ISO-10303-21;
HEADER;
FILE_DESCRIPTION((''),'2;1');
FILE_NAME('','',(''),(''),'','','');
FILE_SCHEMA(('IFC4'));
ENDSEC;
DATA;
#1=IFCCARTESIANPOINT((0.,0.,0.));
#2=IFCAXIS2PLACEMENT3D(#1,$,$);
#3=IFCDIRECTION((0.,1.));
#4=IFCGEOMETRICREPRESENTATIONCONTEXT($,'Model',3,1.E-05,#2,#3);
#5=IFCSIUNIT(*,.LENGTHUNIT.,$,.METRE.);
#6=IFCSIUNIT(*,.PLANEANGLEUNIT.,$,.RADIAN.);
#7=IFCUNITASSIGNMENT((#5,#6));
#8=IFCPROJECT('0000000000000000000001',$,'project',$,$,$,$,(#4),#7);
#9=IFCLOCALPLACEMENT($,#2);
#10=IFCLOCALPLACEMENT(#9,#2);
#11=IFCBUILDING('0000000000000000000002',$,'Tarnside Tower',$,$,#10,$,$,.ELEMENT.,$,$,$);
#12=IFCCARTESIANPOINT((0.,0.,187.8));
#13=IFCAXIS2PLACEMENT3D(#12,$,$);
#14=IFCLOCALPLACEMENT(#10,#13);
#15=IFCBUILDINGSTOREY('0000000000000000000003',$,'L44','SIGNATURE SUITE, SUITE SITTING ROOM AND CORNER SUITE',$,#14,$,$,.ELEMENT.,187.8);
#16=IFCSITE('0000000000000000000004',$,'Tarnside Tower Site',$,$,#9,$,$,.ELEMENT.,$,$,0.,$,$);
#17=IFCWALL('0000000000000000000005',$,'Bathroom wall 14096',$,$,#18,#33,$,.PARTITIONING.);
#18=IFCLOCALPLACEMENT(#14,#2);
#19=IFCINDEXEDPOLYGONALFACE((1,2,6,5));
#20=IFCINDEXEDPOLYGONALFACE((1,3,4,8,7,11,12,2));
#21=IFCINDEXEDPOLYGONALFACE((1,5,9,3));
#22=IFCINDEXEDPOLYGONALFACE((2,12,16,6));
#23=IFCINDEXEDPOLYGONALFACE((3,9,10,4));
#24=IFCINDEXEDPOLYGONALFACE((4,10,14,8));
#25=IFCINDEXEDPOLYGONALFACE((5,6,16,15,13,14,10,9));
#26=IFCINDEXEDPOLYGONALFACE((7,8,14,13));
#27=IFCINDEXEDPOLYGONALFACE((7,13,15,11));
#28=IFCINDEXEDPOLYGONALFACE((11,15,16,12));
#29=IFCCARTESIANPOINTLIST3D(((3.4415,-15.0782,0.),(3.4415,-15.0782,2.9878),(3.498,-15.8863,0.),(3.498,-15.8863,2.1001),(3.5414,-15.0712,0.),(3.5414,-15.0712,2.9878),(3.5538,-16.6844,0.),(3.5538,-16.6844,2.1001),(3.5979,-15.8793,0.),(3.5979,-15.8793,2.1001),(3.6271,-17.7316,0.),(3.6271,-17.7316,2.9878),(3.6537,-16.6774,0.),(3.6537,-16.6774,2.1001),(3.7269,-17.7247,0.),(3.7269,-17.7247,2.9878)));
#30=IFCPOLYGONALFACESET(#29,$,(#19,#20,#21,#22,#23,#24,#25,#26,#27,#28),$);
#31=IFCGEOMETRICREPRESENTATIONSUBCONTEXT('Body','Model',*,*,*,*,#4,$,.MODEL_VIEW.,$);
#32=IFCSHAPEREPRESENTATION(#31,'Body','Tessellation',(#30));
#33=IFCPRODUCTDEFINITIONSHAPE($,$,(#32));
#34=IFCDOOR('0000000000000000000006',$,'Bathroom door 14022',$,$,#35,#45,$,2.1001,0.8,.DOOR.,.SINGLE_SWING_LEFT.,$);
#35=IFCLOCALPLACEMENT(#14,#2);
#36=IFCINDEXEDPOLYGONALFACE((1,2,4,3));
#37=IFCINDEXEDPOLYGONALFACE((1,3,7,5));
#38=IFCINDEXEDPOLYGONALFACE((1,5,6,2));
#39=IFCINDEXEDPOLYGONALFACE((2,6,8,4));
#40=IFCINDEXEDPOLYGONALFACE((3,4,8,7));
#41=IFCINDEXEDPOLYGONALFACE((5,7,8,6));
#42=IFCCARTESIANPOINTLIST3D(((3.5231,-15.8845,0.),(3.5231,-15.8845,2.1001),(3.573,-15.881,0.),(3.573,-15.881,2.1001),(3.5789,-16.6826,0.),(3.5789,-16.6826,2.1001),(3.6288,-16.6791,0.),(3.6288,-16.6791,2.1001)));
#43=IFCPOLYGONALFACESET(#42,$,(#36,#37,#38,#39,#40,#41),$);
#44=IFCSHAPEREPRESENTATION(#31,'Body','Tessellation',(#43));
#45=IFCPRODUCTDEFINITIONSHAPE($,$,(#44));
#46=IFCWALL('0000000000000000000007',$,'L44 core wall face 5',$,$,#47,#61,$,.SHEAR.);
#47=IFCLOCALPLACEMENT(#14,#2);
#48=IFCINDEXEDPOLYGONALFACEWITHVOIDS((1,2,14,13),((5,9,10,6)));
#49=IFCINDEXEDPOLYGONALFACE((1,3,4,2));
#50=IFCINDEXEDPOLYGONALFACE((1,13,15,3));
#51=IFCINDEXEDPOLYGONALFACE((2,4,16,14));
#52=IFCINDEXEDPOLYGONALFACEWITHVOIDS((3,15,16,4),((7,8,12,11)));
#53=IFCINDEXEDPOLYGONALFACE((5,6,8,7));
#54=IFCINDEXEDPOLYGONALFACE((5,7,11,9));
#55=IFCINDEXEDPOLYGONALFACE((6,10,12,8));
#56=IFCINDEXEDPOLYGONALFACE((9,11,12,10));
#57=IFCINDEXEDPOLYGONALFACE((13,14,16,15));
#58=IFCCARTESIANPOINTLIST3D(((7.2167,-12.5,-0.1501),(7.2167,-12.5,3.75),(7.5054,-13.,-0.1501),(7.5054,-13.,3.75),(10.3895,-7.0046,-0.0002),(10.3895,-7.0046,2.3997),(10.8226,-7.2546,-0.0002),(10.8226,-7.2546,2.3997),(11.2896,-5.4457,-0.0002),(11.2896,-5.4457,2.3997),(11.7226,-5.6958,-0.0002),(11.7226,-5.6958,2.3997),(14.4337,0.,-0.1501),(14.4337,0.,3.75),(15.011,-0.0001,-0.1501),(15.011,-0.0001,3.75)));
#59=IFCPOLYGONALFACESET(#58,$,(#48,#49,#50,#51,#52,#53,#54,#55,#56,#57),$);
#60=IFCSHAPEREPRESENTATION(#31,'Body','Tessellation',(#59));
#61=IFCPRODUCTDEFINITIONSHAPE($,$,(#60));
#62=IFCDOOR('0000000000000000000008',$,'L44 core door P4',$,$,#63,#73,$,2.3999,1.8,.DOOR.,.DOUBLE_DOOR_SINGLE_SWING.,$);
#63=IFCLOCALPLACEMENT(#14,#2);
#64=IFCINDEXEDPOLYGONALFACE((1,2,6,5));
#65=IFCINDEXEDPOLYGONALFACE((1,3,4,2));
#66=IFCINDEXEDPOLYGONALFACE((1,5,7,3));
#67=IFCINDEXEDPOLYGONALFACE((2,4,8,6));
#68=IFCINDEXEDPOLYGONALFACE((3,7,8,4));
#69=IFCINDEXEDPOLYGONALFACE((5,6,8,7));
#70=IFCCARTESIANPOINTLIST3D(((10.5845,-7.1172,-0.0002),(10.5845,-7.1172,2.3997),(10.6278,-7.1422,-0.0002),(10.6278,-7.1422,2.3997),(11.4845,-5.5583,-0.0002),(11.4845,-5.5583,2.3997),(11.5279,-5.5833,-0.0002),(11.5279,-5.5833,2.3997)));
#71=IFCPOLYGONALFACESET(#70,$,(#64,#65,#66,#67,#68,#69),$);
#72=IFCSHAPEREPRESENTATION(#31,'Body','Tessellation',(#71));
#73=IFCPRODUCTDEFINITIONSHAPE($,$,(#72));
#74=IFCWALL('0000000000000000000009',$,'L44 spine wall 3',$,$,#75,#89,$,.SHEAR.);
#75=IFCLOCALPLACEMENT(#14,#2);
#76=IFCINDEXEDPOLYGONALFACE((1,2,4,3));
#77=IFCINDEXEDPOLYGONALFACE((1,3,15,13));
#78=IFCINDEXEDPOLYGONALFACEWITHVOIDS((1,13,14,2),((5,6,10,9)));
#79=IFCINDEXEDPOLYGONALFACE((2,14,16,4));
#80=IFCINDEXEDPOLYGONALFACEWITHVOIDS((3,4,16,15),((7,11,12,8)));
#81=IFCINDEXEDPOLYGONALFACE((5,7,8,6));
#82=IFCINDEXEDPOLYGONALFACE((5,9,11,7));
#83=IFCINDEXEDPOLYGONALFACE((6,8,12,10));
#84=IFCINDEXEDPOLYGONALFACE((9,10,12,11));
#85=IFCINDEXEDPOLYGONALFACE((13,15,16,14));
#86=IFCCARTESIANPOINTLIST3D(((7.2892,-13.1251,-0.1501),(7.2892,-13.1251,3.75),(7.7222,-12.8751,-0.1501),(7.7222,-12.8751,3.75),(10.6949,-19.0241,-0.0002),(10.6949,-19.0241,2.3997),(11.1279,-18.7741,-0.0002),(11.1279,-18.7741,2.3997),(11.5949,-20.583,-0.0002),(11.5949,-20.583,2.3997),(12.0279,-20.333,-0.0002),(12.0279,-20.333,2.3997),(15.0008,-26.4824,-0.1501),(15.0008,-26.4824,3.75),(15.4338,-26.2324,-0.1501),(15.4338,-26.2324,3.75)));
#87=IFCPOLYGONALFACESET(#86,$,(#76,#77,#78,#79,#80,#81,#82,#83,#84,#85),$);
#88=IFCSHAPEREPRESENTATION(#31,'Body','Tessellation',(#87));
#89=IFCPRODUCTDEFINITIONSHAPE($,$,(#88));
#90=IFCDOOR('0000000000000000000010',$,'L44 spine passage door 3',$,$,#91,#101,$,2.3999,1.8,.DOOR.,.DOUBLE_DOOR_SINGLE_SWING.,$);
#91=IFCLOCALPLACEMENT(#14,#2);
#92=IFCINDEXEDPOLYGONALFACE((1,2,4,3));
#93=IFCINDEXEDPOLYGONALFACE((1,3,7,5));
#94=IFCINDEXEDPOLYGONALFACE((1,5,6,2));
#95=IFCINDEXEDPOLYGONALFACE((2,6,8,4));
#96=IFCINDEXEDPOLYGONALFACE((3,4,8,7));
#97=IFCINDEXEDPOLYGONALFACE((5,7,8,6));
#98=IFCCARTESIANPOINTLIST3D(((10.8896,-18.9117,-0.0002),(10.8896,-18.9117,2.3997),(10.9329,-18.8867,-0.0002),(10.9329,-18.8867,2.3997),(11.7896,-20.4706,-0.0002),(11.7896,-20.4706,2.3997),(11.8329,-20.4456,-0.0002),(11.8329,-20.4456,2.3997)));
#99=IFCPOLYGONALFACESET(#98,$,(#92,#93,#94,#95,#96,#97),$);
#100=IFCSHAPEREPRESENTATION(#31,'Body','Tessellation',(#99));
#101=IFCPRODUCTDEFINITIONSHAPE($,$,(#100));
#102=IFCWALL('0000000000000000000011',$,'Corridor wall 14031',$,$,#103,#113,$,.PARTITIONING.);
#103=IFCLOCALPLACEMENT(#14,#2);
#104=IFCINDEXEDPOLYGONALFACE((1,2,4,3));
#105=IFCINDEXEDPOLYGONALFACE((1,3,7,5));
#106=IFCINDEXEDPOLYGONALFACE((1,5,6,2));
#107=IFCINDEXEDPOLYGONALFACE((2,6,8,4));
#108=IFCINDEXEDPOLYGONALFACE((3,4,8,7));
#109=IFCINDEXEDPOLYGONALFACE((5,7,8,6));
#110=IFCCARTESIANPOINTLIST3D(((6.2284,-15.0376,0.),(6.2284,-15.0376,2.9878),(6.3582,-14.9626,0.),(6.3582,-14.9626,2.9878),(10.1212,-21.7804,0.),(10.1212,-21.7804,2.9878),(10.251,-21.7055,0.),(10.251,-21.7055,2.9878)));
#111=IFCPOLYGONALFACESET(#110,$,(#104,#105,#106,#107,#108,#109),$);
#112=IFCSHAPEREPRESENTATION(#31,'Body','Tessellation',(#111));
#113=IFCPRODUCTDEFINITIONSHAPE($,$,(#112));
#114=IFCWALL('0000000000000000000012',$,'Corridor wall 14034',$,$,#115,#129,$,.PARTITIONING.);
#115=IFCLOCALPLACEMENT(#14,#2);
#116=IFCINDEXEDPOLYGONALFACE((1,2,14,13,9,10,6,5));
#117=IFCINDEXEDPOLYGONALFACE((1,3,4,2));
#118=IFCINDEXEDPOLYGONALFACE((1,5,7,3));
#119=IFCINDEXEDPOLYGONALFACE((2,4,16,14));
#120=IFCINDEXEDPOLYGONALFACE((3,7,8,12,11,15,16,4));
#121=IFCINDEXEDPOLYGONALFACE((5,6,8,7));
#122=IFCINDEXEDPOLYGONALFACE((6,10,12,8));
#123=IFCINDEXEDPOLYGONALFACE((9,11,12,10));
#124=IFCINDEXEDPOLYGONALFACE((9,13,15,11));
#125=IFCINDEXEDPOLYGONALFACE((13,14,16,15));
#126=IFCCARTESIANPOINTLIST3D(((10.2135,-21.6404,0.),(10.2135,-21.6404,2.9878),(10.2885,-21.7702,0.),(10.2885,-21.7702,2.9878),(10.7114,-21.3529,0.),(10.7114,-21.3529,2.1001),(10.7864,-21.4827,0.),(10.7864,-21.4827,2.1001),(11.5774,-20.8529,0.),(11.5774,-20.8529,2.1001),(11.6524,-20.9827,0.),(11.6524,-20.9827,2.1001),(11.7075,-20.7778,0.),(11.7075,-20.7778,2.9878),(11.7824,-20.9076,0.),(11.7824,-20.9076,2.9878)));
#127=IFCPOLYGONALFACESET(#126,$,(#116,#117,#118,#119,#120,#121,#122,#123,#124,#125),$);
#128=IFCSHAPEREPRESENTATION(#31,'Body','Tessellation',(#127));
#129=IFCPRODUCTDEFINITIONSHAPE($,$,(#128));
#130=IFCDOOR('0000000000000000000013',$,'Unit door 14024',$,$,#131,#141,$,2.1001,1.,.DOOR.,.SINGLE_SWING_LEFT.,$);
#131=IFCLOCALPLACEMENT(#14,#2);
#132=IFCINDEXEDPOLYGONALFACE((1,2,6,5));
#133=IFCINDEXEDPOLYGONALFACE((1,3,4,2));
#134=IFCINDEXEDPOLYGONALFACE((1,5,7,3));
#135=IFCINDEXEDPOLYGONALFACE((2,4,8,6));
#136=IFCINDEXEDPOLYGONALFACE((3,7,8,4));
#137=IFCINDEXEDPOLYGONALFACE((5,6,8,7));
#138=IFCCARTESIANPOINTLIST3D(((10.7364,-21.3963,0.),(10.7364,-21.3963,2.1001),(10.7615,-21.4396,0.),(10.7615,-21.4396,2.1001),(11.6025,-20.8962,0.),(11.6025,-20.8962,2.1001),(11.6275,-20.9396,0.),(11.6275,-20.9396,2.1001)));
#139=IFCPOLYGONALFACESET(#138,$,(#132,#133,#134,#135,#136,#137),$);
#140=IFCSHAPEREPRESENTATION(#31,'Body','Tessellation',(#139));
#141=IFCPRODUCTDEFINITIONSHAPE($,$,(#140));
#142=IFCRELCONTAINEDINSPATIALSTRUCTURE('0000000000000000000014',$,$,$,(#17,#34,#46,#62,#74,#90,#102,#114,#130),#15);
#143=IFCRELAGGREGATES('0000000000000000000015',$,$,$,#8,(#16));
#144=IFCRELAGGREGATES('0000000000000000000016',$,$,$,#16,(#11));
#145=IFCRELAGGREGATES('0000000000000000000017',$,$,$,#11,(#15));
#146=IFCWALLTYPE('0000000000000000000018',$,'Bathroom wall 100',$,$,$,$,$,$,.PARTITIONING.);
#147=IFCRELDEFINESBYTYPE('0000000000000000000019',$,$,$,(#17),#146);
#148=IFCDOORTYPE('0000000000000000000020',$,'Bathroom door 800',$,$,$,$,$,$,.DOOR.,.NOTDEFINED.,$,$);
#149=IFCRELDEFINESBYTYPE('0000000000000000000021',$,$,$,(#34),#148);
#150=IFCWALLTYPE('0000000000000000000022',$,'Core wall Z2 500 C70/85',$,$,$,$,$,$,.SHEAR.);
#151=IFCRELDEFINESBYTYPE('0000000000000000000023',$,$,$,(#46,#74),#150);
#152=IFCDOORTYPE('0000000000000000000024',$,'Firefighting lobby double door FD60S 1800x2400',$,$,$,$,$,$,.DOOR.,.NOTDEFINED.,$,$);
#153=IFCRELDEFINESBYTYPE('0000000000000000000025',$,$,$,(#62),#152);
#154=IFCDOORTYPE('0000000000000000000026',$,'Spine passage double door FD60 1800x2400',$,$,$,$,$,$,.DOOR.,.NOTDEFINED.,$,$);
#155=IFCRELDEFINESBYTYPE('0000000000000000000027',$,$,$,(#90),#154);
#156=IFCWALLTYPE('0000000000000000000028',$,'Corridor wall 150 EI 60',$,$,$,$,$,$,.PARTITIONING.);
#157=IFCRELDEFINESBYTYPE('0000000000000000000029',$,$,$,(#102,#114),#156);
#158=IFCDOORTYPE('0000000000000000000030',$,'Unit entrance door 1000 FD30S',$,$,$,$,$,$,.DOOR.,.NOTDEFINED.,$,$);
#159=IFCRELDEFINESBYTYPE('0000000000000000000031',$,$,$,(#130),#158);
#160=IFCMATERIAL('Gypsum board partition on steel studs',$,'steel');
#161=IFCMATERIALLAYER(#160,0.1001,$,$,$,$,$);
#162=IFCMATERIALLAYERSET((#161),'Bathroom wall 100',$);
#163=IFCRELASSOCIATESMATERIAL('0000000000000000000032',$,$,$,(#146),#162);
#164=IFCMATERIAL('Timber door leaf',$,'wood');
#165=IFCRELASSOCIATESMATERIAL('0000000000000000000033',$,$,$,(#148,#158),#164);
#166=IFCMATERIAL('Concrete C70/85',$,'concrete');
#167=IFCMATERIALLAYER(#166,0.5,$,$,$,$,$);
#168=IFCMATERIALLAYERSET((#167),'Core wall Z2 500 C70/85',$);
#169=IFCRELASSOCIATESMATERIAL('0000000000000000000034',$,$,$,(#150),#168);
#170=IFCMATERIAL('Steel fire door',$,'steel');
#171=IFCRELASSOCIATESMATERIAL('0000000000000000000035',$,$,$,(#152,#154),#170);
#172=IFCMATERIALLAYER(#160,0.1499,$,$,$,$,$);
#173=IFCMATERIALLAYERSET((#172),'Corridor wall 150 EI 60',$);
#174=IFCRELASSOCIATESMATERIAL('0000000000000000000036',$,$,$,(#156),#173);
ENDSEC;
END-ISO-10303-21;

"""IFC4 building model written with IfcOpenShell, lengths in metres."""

from ifc_helpers import new_model, si_unit, direction, frame, frame_2d, origin, place, context, subcontext, project, spatial, polyline, rectangle, outline, extrude, material, layer, layer_set, type_object, element, fill, save


model = new_model("IFC4")

# Units and contexts
model_context = context("Model", 3, precision=1e-05, world=origin(), true_north=direction((0.0, 1.0)))
body_context = subcontext(model_context, "Body", "Model", "MODEL_VIEW")
ifc_project = project(units=[si_unit("LENGTHUNIT", "METRE"), si_unit("PLANEANGLEUNIT", "RADIAN")], contexts=[model_context])

# Site, building, storey
site_placement = place(None, origin())
site = spatial("IfcSite", under=ifc_project, at=site_placement, Name="Tarnside Tower Site", CompositionType="ELEMENT", RefElevation=0.0)
building_placement = place(site_placement, origin())
building = spatial("IfcBuilding", under=site, at=building_placement, Name="Tarnside Tower", CompositionType="ELEMENT")
storey_placement = place(building_placement, frame((0.0, 0.0, 187.8)))
storey = spatial("IfcBuildingStorey", under=building, at=storey_placement, Name="L44", Description="SIGNATURE SUITE, SUITE SITTING ROOM AND CORNER SUITE", CompositionType="ELEMENT", Elevation=187.8)

# Shared definitions
ifc_material_1 = material(Name="Gypsum board partition on steel studs", Category="steel")
ifc_layer_1 = layer(ifc_material_1, 0.1001)
ifc_layer_set_1 = layer_set([ifc_layer_1], Name="Bathroom wall 100")
wall_type_1 = type_object("IfcWallType", Name="Bathroom wall 100", PredefinedType="PARTITIONING", material=ifc_layer_set_1)

# Walls, openings, doors
wall_1_placement = place(storey_placement, frame((3.677, -17.7283, 0.0), z_axis=(0.0, 0.0, 1.0), x_axis=(-0.06976, 0.997564, 0.0)))
wall_1 = element("IfcWall", 1, at=wall_1_placement, inside=storey, type_object=wall_type_1, Name="Bathroom wall 14096", PredefinedType="PARTITIONING", context=body_context, shape_type="SweptSolid", body=[
    extrude(rectangle(XDim=2.6599, YDim=0.1001, at=frame_2d((1.3301, 0.0))), origin(), (0.0, 0.0, 1.0), 2.9878),
])
opening_1_placement = place(wall_1_placement, frame((1.05, 0.0, 0.0)))
opening_1 = element("IfcOpeningElement", 2, at=opening_1_placement, cuts=wall_1, PredefinedType="OPENING", context=body_context, shape_type="SweptSolid", body=[
    extrude(rectangle(XDim=0.8, YDim=2.1001, at=frame_2d((0.3999, 1.05))), frame((0.0, 0.0601, 0.0), z_axis=(0.0, -1.0, 0.0), x_axis=(1.0, 0.0, 0.0)), (0.0, 0.0, 1.0), 0.1201),
])
ifc_material_2 = material(Name="Timber door leaf", Category="wood")
door_type_1 = type_object("IfcDoorType", Name="Bathroom door 800", OperationType="NOTDEFINED", PredefinedType="DOOR", material=ifc_material_2)
door_1_placement = place(opening_1_placement, origin())
door_1 = element("IfcDoor", 3, at=door_1_placement, inside=storey, type_object=door_type_1, Name="Bathroom door 14022", OperationType="SINGLE_SWING_LEFT", OverallHeight=2.1001, OverallWidth=0.8, PredefinedType="DOOR", context=body_context, shape_type="SweptSolid", body=[
    extrude(rectangle(XDim=0.8, YDim=2.1001, at=frame_2d((0.3999, 1.05))), frame((0.0, 0.0249, 0.0), z_axis=(0.0, -1.0, 0.0), x_axis=(1.0, 0.0, 0.0)), (0.0, 0.0, 1.0), 0.05),
])
fill(opening_1, door_1)
ifc_material_3 = material(Name="Concrete C70/85", Category="concrete")
ifc_layer_2 = layer(ifc_material_3, 0.5)
ifc_layer_set_2 = layer_set([ifc_layer_2], Name="Core wall Z2 500 C70/85")
wall_type_2 = type_object("IfcWallType", Name="Core wall Z2 500 C70/85", PredefinedType="SHEAR", material=ifc_layer_set_2)
wall_2_placement = place(storey_placement, frame((7.3611, -12.75, -0.1501), z_axis=(0.0, 0.0, 1.0), x_axis=(0.500006, 0.866022, 0.0)))
wall_2 = element("IfcWall", 4, at=wall_2_placement, inside=storey, type_object=wall_type_2, Name="L44 core wall face 5", PredefinedType="SHEAR", context=body_context, shape_type="SweptSolid", body=[
    extrude(outline(polyline([(-0.1443, -0.25), (14.8667, -0.25), (14.5781, 0.25), (0.1443, 0.25), (-0.1443, -0.25)])), origin(), (0.0, 0.0, 1.0), 3.9001),
])
opening_2_placement = place(wall_2_placement, frame((6.49, 0.0, 0.1499)))
opening_2 = element("IfcOpeningElement", 5, at=opening_2_placement, cuts=wall_2, PredefinedType="OPENING", context=body_context, shape_type="SweptSolid", body=[
    extrude(rectangle(XDim=1.8, YDim=2.3999, at=frame_2d((0.8999, 1.2))), frame((0.0, 0.26, 0.0), z_axis=(0.0, -1.0, 0.0), x_axis=(1.0, 0.0, 0.0)), (0.0, 0.0, 1.0), 0.52),
])
ifc_material_4 = material(Name="Steel fire door", Category="steel")
door_type_2 = type_object("IfcDoorType", Name="Firefighting lobby double door FD60S 1800x2400", OperationType="NOTDEFINED", PredefinedType="DOOR", material=ifc_material_4)
door_2_placement = place(opening_2_placement, origin())
door_2 = element("IfcDoor", 6, at=door_2_placement, inside=storey, type_object=door_type_2, Name="L44 core door P4", OperationType="DOUBLE_DOOR_SINGLE_SWING", OverallHeight=2.3999, OverallWidth=1.8, PredefinedType="DOOR", context=body_context, shape_type="SweptSolid", body=[
    extrude(rectangle(XDim=1.8, YDim=2.3999, at=frame_2d((0.8999, 1.2))), frame((0.0, 0.0249, 0.0), z_axis=(0.0, -1.0, 0.0), x_axis=(1.0, 0.0, 0.0)), (0.0, 0.0, 1.0), 0.05),
])
fill(opening_2, door_2)
wall_3_placement = place(storey_placement, frame((7.5056, -13.0, -0.1501), z_axis=(0.0, 0.0, 1.0), x_axis=(0.499988, -0.866032, 0.0)))
wall_3 = element("IfcWall", 7, at=wall_3_placement, inside=storey, type_object=wall_type_2, Name="L44 spine wall 3", PredefinedType="SHEAR", context=body_context, shape_type="SweptSolid", body=[
    extrude(rectangle(XDim=15.4236, YDim=0.5, at=frame_2d((7.7119, 0.0))), origin(), (0.0, 0.0, 1.0), 3.9001),
])
opening_3_placement = place(wall_3_placement, frame((6.8118, 0.0, 0.1499)))
opening_3 = element("IfcOpeningElement", 8, at=opening_3_placement, cuts=wall_3, PredefinedType="OPENING", context=body_context, shape_type="SweptSolid", body=[
    extrude(rectangle(XDim=1.8, YDim=2.3999, at=frame_2d((0.8999, 1.2))), frame((0.0, 0.26, 0.0), z_axis=(0.0, -1.0, 0.0), x_axis=(1.0, 0.0, 0.0)), (0.0, 0.0, 1.0), 0.52),
])
door_type_3 = type_object("IfcDoorType", Name="Spine passage double door FD60 1800x2400", OperationType="NOTDEFINED", PredefinedType="DOOR", material=ifc_material_4)
door_3_placement = place(opening_3_placement, origin())
door_3 = element("IfcDoor", 9, at=door_3_placement, inside=storey, type_object=door_type_3, Name="L44 spine passage door 3", OperationType="DOUBLE_DOOR_SINGLE_SWING", OverallHeight=2.3999, OverallWidth=1.8, PredefinedType="DOOR", context=body_context, shape_type="SweptSolid", body=[
    extrude(rectangle(XDim=1.8, YDim=2.3999, at=frame_2d((0.8999, 1.2))), frame((0.0, 0.0249, 0.0), z_axis=(0.0, -1.0, 0.0), x_axis=(1.0, 0.0, 0.0)), (0.0, 0.0, 1.0), 0.05),
])
fill(opening_3, door_3)

# Wall
ifc_layer_3 = layer(ifc_material_1, 0.1499)
ifc_layer_set_3 = layer_set([ifc_layer_3], Name="Corridor wall 150 EI 60")
wall_type_3 = type_object("IfcWallType", Name="Corridor wall 150 EI 60", PredefinedType="PARTITIONING", material=ifc_layer_set_3)
wall_4_placement = place(storey_placement, frame((6.2932, -15.0, 0.0), z_axis=(0.0, 0.0, 1.0), x_axis=(0.49998, -0.866037, 0.0)))
element("IfcWall", 10, at=wall_4_placement, inside=storey, type_object=wall_type_3, Name="Corridor wall 14031", PredefinedType="PARTITIONING", context=body_context, shape_type="SweptSolid", body=[
    extrude(rectangle(XDim=7.7859, YDim=0.1499, at=frame_2d((3.8931, 0.0))), origin(), (0.0, 0.0, 1.0), 2.9878),
])

# Wall, opening, door
wall_5_placement = place(storey_placement, frame((10.251, -21.7053, 0.0), z_axis=(0.0, 0.0, 1.0), x_axis=(0.866014, 0.500021, 0.0)))
wall_5 = element("IfcWall", 11, at=wall_5_placement, inside=storey, type_object=wall_type_3, Name="Corridor wall 14034", PredefinedType="PARTITIONING", context=body_context, shape_type="SweptSolid", body=[
    extrude(rectangle(XDim=1.7251, YDim=0.1499, at=frame_2d((0.8625, 0.0))), origin(), (0.0, 0.0, 1.0), 2.9878),
])
opening_4_placement = place(wall_5_placement, frame((0.575, 0.0, 0.0)))
opening_4 = element("IfcOpeningElement", 12, at=opening_4_placement, cuts=wall_5, PredefinedType="OPENING", context=body_context, shape_type="SweptSolid", body=[
    extrude(rectangle(XDim=1.0, YDim=2.1001, at=frame_2d((0.5, 1.05))), frame((0.0, 0.085, 0.0), z_axis=(0.0, -1.0, 0.0), x_axis=(1.0, 0.0, 0.0)), (0.0, 0.0, 1.0), 0.1699),
])
door_type_4 = type_object("IfcDoorType", Name="Unit entrance door 1000 FD30S", OperationType="NOTDEFINED", PredefinedType="DOOR", material=ifc_material_2)
door_4_placement = place(opening_4_placement, origin())
door_4 = element("IfcDoor", 13, at=door_4_placement, inside=storey, type_object=door_type_4, Name="Unit door 14024", OperationType="SINGLE_SWING_LEFT", OverallHeight=2.1001, OverallWidth=1.0, PredefinedType="DOOR", context=body_context, shape_type="SweptSolid", body=[
    extrude(rectangle(XDim=1.0, YDim=2.1001, at=frame_2d((0.5, 1.05))), frame((0.0, 0.0249, 0.0), z_axis=(0.0, -1.0, 0.0), x_axis=(1.0, 0.0, 0.0)), (0.0, 0.0, 1.0), 0.05),
])
fill(opening_4, door_4)

save(model, "model.ifc")
